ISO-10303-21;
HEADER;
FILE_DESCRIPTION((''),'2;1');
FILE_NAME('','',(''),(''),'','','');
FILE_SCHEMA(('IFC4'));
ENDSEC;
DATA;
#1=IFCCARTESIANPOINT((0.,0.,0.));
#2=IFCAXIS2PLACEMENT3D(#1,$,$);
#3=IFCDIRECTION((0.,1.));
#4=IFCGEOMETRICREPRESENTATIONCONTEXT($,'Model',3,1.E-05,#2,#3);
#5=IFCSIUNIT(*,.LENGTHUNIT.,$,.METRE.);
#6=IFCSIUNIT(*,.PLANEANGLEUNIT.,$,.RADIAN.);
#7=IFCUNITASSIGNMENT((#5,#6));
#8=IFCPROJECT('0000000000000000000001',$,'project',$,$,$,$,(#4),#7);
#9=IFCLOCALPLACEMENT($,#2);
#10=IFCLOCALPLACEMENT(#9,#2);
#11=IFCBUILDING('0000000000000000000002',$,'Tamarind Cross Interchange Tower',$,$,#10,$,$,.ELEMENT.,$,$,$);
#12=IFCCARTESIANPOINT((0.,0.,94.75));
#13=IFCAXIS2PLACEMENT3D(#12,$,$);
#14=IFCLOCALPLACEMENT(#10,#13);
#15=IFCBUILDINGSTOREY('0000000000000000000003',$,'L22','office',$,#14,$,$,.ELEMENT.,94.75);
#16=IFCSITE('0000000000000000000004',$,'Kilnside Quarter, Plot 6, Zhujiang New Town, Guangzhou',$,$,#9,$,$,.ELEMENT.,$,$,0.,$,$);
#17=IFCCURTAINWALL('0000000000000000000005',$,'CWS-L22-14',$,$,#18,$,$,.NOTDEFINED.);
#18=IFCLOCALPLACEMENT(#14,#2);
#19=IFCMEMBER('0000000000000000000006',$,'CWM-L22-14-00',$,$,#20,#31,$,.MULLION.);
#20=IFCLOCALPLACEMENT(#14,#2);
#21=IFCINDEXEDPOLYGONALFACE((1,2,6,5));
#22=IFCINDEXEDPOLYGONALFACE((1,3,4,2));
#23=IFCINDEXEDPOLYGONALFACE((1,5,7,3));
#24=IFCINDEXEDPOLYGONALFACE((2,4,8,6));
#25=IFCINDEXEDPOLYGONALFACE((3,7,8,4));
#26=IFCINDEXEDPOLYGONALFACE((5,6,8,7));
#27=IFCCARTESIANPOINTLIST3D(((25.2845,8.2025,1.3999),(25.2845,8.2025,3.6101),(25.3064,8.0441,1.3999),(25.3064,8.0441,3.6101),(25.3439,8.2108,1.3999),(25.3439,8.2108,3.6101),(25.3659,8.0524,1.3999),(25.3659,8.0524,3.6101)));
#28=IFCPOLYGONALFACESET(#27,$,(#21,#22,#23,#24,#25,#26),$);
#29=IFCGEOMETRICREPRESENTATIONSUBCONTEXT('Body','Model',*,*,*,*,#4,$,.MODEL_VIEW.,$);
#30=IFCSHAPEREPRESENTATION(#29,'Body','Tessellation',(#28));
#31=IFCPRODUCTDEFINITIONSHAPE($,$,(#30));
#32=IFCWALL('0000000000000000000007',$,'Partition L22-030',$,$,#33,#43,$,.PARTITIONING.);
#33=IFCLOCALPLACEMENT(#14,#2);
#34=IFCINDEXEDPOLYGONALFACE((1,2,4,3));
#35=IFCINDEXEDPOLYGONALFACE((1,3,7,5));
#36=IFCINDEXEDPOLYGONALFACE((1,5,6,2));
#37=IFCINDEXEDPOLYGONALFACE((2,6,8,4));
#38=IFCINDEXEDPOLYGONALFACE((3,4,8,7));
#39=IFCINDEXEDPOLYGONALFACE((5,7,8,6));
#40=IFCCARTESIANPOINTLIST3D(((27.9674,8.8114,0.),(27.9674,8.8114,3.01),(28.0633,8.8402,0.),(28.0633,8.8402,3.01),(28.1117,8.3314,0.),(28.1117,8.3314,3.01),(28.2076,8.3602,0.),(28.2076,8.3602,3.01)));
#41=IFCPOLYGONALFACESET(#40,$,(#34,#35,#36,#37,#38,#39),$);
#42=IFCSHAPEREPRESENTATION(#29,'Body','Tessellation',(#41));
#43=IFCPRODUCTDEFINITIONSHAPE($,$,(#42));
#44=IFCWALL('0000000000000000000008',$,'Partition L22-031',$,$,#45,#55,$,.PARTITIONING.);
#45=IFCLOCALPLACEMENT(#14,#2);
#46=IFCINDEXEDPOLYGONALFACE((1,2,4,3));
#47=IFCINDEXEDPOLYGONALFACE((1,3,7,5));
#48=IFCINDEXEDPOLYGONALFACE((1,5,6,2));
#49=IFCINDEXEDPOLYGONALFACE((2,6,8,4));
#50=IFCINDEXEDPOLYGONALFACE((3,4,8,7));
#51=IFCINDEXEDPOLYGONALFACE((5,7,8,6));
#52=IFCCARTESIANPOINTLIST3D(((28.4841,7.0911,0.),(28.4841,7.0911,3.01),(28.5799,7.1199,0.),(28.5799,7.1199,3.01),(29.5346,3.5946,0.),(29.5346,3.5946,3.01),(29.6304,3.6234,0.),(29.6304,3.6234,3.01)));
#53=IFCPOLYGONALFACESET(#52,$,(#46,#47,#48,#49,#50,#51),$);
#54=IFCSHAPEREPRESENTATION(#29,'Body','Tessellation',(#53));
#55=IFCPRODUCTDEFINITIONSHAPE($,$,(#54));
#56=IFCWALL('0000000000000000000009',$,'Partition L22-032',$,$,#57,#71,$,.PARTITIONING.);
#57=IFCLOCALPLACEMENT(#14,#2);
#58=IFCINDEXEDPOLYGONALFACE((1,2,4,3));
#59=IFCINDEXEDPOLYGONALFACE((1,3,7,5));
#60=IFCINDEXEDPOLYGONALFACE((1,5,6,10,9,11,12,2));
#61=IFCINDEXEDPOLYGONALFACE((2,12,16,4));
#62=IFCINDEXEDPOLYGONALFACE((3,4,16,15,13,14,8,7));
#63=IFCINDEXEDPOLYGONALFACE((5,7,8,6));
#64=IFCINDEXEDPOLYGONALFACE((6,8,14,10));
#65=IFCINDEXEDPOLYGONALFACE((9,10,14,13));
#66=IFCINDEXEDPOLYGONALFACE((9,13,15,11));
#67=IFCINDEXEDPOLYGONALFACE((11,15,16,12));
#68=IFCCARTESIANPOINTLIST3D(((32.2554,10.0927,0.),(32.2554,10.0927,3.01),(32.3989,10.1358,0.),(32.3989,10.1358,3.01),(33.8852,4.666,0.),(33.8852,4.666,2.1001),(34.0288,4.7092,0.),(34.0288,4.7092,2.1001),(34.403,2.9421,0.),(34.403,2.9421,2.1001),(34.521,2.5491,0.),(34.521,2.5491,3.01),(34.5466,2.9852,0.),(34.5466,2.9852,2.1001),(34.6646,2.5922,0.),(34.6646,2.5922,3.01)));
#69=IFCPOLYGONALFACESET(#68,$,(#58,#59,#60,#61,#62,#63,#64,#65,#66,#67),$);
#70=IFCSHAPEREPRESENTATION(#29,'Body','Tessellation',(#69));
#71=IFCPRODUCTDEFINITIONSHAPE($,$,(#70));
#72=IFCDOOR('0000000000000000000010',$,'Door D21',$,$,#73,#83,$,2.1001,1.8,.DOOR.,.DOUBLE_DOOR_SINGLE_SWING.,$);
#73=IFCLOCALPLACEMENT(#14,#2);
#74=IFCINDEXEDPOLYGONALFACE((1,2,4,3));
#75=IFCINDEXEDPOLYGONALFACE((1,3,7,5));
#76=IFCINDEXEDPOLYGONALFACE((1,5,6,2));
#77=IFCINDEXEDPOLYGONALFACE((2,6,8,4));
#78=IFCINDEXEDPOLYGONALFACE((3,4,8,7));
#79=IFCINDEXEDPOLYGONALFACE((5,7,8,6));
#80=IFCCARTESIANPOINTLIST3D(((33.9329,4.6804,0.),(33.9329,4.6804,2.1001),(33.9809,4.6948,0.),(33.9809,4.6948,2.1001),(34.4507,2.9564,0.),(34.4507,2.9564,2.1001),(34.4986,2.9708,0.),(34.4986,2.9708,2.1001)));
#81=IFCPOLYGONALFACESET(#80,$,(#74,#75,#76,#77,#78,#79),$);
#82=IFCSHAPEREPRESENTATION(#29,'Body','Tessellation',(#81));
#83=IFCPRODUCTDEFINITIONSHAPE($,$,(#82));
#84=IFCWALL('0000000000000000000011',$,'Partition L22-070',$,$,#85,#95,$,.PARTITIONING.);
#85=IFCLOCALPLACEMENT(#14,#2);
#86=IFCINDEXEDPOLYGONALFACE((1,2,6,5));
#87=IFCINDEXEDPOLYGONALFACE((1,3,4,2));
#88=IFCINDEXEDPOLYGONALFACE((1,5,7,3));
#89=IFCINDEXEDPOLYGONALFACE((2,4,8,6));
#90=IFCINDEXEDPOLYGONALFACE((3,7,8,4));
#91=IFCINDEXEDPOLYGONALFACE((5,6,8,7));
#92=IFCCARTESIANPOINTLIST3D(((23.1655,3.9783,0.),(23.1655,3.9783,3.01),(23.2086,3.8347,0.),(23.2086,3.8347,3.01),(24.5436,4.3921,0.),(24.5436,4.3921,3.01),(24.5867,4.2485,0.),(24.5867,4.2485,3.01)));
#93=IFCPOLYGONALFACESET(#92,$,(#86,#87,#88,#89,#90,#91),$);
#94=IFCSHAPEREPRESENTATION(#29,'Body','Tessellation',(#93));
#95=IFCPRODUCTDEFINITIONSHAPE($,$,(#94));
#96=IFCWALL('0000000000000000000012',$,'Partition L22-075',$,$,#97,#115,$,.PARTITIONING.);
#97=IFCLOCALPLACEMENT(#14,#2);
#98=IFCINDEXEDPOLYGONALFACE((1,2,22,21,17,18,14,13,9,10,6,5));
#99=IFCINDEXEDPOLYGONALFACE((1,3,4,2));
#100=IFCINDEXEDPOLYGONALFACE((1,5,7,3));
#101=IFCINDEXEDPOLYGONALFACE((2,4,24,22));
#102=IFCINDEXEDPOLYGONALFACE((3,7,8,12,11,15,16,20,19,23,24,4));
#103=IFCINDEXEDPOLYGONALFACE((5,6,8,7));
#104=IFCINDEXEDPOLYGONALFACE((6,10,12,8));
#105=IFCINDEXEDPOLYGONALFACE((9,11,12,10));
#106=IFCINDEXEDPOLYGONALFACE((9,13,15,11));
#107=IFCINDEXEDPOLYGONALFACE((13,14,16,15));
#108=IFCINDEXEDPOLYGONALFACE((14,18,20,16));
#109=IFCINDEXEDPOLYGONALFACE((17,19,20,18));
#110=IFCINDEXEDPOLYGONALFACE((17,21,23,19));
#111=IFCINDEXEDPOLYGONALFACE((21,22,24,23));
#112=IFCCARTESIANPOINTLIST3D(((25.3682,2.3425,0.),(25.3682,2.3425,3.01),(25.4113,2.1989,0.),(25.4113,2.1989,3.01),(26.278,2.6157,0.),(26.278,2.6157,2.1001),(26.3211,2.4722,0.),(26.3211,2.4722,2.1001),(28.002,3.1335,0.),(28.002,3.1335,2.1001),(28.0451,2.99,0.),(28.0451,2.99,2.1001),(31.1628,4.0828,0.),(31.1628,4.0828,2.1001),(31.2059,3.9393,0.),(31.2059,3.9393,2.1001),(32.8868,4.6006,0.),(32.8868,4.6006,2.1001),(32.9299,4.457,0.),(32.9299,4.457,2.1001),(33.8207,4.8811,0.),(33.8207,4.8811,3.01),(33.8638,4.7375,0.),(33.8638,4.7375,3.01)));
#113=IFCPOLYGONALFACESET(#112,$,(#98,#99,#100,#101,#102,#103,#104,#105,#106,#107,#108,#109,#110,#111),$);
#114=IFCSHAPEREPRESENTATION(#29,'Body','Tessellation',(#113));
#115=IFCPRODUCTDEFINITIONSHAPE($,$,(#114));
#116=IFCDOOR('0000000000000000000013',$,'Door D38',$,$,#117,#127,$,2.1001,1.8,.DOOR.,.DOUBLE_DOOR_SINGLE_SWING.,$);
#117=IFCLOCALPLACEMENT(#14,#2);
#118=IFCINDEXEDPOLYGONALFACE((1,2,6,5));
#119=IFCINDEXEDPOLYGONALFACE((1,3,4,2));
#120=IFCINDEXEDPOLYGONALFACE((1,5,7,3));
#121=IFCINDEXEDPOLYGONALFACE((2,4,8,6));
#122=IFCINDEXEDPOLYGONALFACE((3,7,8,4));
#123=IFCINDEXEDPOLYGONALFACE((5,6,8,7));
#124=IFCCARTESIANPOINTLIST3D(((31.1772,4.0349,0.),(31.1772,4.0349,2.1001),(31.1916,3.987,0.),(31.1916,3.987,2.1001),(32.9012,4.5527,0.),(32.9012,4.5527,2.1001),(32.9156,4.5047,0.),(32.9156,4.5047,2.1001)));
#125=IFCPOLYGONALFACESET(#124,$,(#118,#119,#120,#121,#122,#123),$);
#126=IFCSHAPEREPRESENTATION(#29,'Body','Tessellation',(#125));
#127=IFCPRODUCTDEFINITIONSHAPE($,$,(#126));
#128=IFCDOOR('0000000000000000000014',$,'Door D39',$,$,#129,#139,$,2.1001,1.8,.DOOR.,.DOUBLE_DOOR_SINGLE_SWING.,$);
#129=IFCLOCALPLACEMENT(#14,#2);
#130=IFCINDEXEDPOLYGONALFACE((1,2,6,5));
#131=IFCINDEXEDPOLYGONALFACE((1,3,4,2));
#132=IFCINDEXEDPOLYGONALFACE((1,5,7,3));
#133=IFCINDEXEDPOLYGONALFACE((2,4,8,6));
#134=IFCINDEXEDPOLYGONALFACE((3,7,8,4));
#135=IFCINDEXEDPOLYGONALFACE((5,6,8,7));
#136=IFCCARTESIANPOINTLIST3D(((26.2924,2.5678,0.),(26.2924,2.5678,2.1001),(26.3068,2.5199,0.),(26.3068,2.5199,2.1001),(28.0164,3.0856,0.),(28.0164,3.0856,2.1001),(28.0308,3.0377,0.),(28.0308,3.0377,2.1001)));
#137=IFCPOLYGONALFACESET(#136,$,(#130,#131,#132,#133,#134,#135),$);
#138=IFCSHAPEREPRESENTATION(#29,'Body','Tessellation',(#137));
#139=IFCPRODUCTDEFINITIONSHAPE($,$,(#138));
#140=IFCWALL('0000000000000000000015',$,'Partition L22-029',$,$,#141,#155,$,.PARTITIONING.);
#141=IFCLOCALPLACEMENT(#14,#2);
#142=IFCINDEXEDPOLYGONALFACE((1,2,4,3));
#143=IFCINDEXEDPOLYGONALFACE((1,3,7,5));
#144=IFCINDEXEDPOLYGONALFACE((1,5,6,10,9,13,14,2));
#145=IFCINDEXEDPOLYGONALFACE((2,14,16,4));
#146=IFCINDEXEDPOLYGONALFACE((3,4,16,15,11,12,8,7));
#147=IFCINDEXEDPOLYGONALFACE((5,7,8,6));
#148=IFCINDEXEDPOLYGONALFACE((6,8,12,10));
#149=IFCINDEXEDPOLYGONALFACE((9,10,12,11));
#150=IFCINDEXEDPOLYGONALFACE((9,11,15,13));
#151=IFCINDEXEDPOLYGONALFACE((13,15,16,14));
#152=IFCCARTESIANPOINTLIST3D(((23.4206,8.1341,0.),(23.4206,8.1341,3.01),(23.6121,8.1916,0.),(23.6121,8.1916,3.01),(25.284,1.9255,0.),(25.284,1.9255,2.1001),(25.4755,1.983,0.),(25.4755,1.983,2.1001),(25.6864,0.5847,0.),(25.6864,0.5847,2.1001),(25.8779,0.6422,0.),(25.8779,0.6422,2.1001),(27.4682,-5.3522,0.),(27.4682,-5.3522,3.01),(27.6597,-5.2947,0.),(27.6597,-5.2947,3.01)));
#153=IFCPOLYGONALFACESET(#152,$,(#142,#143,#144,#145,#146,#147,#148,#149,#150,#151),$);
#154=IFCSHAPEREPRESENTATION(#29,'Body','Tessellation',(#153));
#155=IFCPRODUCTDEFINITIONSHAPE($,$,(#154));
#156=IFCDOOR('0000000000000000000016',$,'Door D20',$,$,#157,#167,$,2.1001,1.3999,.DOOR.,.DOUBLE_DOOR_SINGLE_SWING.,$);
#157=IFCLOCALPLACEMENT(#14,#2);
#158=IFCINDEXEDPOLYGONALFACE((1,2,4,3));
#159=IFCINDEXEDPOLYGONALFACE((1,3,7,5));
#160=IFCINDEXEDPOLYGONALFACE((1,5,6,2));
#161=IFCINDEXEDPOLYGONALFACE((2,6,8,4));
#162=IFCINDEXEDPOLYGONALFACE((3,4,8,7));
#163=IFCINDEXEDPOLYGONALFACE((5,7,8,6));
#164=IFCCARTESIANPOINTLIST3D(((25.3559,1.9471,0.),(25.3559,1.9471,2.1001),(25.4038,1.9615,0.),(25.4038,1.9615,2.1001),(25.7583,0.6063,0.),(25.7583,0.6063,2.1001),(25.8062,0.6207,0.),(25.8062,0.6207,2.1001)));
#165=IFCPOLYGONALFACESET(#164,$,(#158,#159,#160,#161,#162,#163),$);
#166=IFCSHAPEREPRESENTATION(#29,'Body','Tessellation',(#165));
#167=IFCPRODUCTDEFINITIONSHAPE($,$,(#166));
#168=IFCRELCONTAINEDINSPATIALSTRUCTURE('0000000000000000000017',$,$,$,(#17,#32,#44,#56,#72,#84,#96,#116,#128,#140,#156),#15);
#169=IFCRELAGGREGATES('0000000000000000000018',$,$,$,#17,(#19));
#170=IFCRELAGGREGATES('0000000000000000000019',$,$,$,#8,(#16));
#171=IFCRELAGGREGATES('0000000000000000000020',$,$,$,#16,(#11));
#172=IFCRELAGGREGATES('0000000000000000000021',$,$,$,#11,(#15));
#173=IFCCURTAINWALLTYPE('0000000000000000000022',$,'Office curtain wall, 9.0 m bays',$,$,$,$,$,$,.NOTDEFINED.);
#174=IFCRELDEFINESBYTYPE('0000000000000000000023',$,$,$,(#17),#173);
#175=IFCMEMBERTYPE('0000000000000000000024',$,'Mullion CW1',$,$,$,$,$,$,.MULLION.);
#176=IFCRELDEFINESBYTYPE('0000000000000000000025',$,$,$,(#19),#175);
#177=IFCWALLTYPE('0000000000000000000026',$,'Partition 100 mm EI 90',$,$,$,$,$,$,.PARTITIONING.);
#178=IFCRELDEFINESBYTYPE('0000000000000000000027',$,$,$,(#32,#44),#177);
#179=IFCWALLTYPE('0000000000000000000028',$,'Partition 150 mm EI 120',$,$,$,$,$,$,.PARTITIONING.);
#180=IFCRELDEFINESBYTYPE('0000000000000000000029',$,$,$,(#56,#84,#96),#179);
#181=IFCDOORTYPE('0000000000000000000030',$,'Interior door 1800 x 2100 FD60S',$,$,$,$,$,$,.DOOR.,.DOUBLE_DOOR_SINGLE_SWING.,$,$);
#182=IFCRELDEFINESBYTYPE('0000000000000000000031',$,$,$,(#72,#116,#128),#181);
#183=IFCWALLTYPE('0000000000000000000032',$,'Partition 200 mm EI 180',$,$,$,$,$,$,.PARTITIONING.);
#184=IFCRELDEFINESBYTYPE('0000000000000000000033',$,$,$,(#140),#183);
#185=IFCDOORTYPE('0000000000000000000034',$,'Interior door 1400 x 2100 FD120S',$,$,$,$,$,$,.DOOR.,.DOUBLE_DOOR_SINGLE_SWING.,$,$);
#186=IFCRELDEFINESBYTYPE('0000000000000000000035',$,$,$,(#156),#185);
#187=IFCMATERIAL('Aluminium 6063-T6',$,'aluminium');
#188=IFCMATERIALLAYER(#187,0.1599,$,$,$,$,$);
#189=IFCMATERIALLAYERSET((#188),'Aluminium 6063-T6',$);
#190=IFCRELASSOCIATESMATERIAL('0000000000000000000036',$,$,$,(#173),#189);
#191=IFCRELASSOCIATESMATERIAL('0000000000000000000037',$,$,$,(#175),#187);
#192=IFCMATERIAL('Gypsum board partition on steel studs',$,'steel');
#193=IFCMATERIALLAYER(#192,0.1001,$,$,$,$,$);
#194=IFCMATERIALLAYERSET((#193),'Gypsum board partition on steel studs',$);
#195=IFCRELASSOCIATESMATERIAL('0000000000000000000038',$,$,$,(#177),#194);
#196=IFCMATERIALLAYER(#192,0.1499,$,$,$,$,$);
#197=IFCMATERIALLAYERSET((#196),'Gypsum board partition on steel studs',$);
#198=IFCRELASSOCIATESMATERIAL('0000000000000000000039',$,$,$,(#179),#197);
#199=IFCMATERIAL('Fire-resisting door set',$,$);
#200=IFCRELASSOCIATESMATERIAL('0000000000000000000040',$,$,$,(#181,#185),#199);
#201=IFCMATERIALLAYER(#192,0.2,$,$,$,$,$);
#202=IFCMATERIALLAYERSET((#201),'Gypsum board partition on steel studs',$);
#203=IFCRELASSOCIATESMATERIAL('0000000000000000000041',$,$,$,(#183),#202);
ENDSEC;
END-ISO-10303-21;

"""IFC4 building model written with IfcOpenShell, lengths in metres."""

from ifc_helpers import new_model, si_unit, direction, frame, frame_2d, origin, origin_2d, place, context, subcontext, project, spatial, rectangle, extrude, material, layer, layer_set, material_profile, profile_set, type_object, element, fill, aggregate, save


model = new_model("IFC4")

# Units and contexts
model_context = context("Model", 3, precision=1e-05, world=origin(), true_north=direction((0.0, 1.0)))
body_context = subcontext(model_context, "Body", "Model", "MODEL_VIEW")
ifc_project = project(units=[si_unit("LENGTHUNIT", "METRE"), si_unit("PLANEANGLEUNIT", "RADIAN")], contexts=[model_context])

# Site, building, storey
site_placement = place(None, origin())
site = spatial("IfcSite", under=ifc_project, at=site_placement, Name="Kilnside Quarter, Plot 6, Zhujiang New Town, Guangzhou", CompositionType="ELEMENT", RefElevation=0.0)
building_placement = place(site_placement, origin())
building = spatial("IfcBuilding", under=site, at=building_placement, Name="Tamarind Cross Interchange Tower", CompositionType="ELEMENT")
storey_placement = place(building_placement, frame((0.0, 0.0, 94.75)))
storey = spatial("IfcBuildingStorey", under=building, at=storey_placement, Name="L22", Description="office", CompositionType="ELEMENT", Elevation=94.75)

# Shared definitions
ifc_material_1 = material(Name="Aluminium 6063-T6", Category="aluminium")
ifc_layer_1 = layer(ifc_material_1, 0.1599)
ifc_layer_set_1 = layer_set([ifc_layer_1], Name="Aluminium 6063-T6")
curtain_wall_type = type_object("IfcCurtainWallType", Name="Office curtain wall, 9.0 m bays", PredefinedType="NOTDEFINED", material=ifc_layer_set_1)
ifc_material_profile_1 = material_profile(ifc_material_1, rectangle(XDim=0.0601, YDim=0.1599, at=origin_2d()), Name="Mullion CW1")
ifc_profile_set_1 = profile_set([ifc_material_profile_1], Name="Aluminium 6063-T6")
member_type = type_object("IfcMemberType", Name="Mullion CW1", PredefinedType="MULLION", material=ifc_profile_set_1)

# Curtain wall, member
curtain_wall_1_placement = place(storey_placement, origin())
curtain_wall_1 = element("IfcCurtainWall", 1, at=curtain_wall_1_placement, inside=storey, type_object=curtain_wall_type, Name="CWS-L22-14", PredefinedType="NOTDEFINED")
member_1_placement = place(storey_placement, frame((25.3252, 8.1274, 1.3999), z_axis=(0.0, 0.0, 1.0), x_axis=(-0.990496, -0.13754, 0.0)))
member_1 = element("IfcMember", 2, at=member_1_placement, type_object=member_type, Name="CWM-L22-14-00", PredefinedType="MULLION", context=body_context, shape_type="SweptSolid", body=[
    extrude(rectangle(XDim=0.0601, YDim=0.1599, at=origin_2d()), origin(), (0.0, 0.0, 1.0), 2.2102),
])
aggregate(curtain_wall_1, [member_1])

# Walls
ifc_material_2 = material(Name="Gypsum board partition on steel studs", Category="steel")
ifc_layer_2 = layer(ifc_material_2, 0.1001)
ifc_layer_set_2 = layer_set([ifc_layer_2], Name="Gypsum board partition on steel studs")
wall_type_1 = type_object("IfcWallType", Name="Partition 100 mm EI 90", PredefinedType="PARTITIONING", material=ifc_layer_set_2)
wall_1_placement = place(storey_placement, frame((28.0154, 8.8257, 0.0), z_axis=(0.0, 0.0, 1.0), x_axis=(0.287884, -0.957665, 0.0)))
element("IfcWall", 3, at=wall_1_placement, inside=storey, type_object=wall_type_1, Name="Partition L22-030", PredefinedType="PARTITIONING", context=body_context, shape_type="SweptSolid", body=[
    extrude(rectangle(XDim=0.5012, YDim=0.1001, at=frame_2d((0.2505, 0.0))), origin(), (0.0, 0.0, 1.0), 3.01),
])
wall_2_placement = place(storey_placement, frame((28.532, 7.1055, 0.0), z_axis=(0.0, 0.0, 1.0), x_axis=(0.28774, -0.957708, 0.0)))
element("IfcWall", 4, at=wall_2_placement, inside=storey, type_object=wall_type_1, Name="Partition L22-031", PredefinedType="PARTITIONING", context=body_context, shape_type="SweptSolid", body=[
    extrude(rectangle(XDim=3.6509, YDim=0.1001, at=frame_2d((1.8254, 0.0))), origin(), (0.0, 0.0, 1.0), 3.01),
])

# Wall, opening, door
ifc_layer_3 = layer(ifc_material_2, 0.1499)
ifc_layer_set_3 = layer_set([ifc_layer_3], Name="Gypsum board partition on steel studs")
wall_type_2 = type_object("IfcWallType", Name="Partition 150 mm EI 120", PredefinedType="PARTITIONING", material=ifc_layer_set_3)
wall_3_placement = place(storey_placement, frame((32.3271, 10.1143, 0.0), z_axis=(0.0, 0.0, 1.0), x_axis=(0.287649, -0.957736, 0.0)))
wall_3 = element("IfcWall", 5, at=wall_3_placement, inside=storey, type_object=wall_type_2, Name="Partition L22-032", PredefinedType="PARTITIONING", context=body_context, shape_type="SweptSolid", body=[
    extrude(rectangle(XDim=7.8765, YDim=0.1499, at=frame_2d((3.9382, 0.0))), origin(), (0.0, 0.0, 1.0), 3.01),
])
opening_1_placement = place(wall_3_placement, frame((5.6663, 0.0, 0.0)))
opening_1 = element("IfcOpeningElement", 6, at=opening_1_placement, cuts=wall_3, PredefinedType="OPENING", context=body_context, shape_type="SweptSolid", body=[
    extrude(rectangle(XDim=1.8, YDim=2.1001, at=frame_2d((0.8999, 1.05))), frame((0.0, 0.085, 0.0), z_axis=(0.0, -1.0, 0.0), x_axis=(1.0, 0.0, 0.0)), (0.0, 0.0, 1.0), 0.1699),
])
ifc_material_3 = material(Name="Fire-resisting door set")
door_type_1 = type_object("IfcDoorType", Name="Interior door 1800 x 2100 FD60S", OperationType="DOUBLE_DOOR_SINGLE_SWING", PredefinedType="DOOR", material=ifc_material_3)
door_1_placement = place(opening_1_placement, origin())
door_1 = element("IfcDoor", 7, at=door_1_placement, inside=storey, type_object=door_type_1, Name="Door D21", OperationType="DOUBLE_DOOR_SINGLE_SWING", OverallHeight=2.1001, OverallWidth=1.8, PredefinedType="DOOR", context=body_context, shape_type="SweptSolid", body=[
    extrude(rectangle(XDim=1.8, YDim=2.1001, at=frame_2d((0.8999, 1.05))), frame((0.0, 0.0249, 0.0), z_axis=(0.0, -1.0, 0.0), x_axis=(1.0, 0.0, 0.0)), (0.0, 0.0, 1.0), 0.05),
])
fill(opening_1, door_1)

# Wall
wall_4_placement = place(storey_placement, frame((23.187, 3.9065, 0.0), z_axis=(0.0, 0.0, 1.0), x_axis=(0.957756, 0.287581, 0.0)))
element("IfcWall", 8, at=wall_4_placement, inside=storey, type_object=wall_type_2, Name="Partition L22-070", PredefinedType="PARTITIONING", context=body_context, shape_type="SweptSolid", body=[
    extrude(rectangle(XDim=1.439, YDim=0.1499, at=frame_2d((0.7195, 0.0))), origin(), (0.0, 0.0, 1.0), 3.01),
])

# Wall, openings, doors
wall_5_placement = place(storey_placement, frame((25.3899, 2.2708, 0.0), z_axis=(0.0, 0.0, 1.0), x_axis=(0.957737, 0.287645, 0.0)))
wall_5 = element("IfcWall", 9, at=wall_5_placement, inside=storey, type_object=wall_type_2, Name="Partition L22-075", PredefinedType="PARTITIONING", context=body_context, shape_type="SweptSolid", body=[
    extrude(rectangle(XDim=8.8254, YDim=0.1499, at=frame_2d((4.4126, 0.0))), origin(), (0.0, 0.0, 1.0), 3.01),
])
opening_2_placement = place(wall_5_placement, frame((6.0503, 0.0, 0.0)))
opening_2 = element("IfcOpeningElement", 10, at=opening_2_placement, cuts=wall_5, PredefinedType="OPENING", context=body_context, shape_type="SweptSolid", body=[
    extrude(rectangle(XDim=1.8, YDim=2.1001, at=frame_2d((0.8999, 1.05))), frame((0.0, 0.085, 0.0), z_axis=(0.0, -1.0, 0.0), x_axis=(1.0, 0.0, 0.0)), (0.0, 0.0, 1.0), 0.1699),
])
opening_3_placement = place(wall_5_placement, frame((0.95, 0.0, 0.0)))
opening_3 = element("IfcOpeningElement", 11, at=opening_3_placement, cuts=wall_5, PredefinedType="OPENING", context=body_context, shape_type="SweptSolid", body=[
    extrude(rectangle(XDim=1.8, YDim=2.1001, at=frame_2d((0.8999, 1.05))), frame((0.0, 0.085, 0.0), z_axis=(0.0, -1.0, 0.0), x_axis=(1.0, 0.0, 0.0)), (0.0, 0.0, 1.0), 0.1699),
])
door_2_placement = place(opening_2_placement, origin())
door_2 = element("IfcDoor", 12, at=door_2_placement, inside=storey, type_object=door_type_1, Name="Door D38", OperationType="DOUBLE_DOOR_SINGLE_SWING", OverallHeight=2.1001, OverallWidth=1.8, PredefinedType="DOOR", context=body_context, shape_type="SweptSolid", body=[
    extrude(rectangle(XDim=1.8, YDim=2.1001, at=frame_2d((0.8999, 1.05))), frame((0.0, 0.0249, 0.0), z_axis=(0.0, -1.0, 0.0), x_axis=(1.0, 0.0, 0.0)), (0.0, 0.0, 1.0), 0.05),
])
fill(opening_2, door_2)
door_3_placement = place(opening_3_placement, origin())
door_3 = element("IfcDoor", 13, at=door_3_placement, inside=storey, type_object=door_type_1, Name="Door D39", OperationType="DOUBLE_DOOR_SINGLE_SWING", OverallHeight=2.1001, OverallWidth=1.8, PredefinedType="DOOR", context=body_context, shape_type="SweptSolid", body=[
    extrude(rectangle(XDim=1.8, YDim=2.1001, at=frame_2d((0.8999, 1.05))), frame((0.0, 0.0249, 0.0), z_axis=(0.0, -1.0, 0.0), x_axis=(1.0, 0.0, 0.0)), (0.0, 0.0, 1.0), 0.05),
])
fill(opening_3, door_3)

# Wall, opening, door
ifc_layer_4 = layer(ifc_material_2, 0.2)
ifc_layer_set_4 = layer_set([ifc_layer_4], Name="Gypsum board partition on steel studs")
wall_type_3 = type_object("IfcWallType", Name="Partition 200 mm EI 180", PredefinedType="PARTITIONING", material=ifc_layer_set_4)
wall_6_placement = place(storey_placement, frame((23.5164, 8.1628, 0.0), z_axis=(0.0, 0.0, 1.0), x_axis=(0.287459, -0.957793, 0.0)))
wall_6 = element("IfcWall", 14, at=wall_6_placement, inside=storey, type_object=wall_type_3, Name="Partition L22-029", PredefinedType="PARTITIONING", context=body_context, shape_type="SweptSolid", body=[
    extrude(rectangle(XDim=14.0806, YDim=0.2, at=frame_2d((7.0403, 0.0))), origin(), (0.0, 0.0, 1.0), 3.01),
])
opening_4_placement = place(wall_6_placement, frame((6.4822, 0.0, 0.0)))
opening_4 = element("IfcOpeningElement", 15, at=opening_4_placement, cuts=wall_6, PredefinedType="OPENING", context=body_context, shape_type="SweptSolid", body=[
    extrude(rectangle(XDim=1.3999, YDim=2.1001, at=frame_2d((0.7, 1.05))), frame((0.0, 0.1099, 0.0), z_axis=(0.0, -1.0, 0.0), x_axis=(1.0, 0.0, 0.0)), (0.0, 0.0, 1.0), 0.22),
])
door_type_2 = type_object("IfcDoorType", Name="Interior door 1400 x 2100 FD120S", OperationType="DOUBLE_DOOR_SINGLE_SWING", PredefinedType="DOOR", material=ifc_material_3)
door_4_placement = place(opening_4_placement, frame((1.3999, 0.0, 0.0), z_axis=(0.0, 0.0, 1.0), x_axis=(-1.0, 0.0, 0.0)))
door_4 = element("IfcDoor", 16, at=door_4_placement, inside=storey, type_object=door_type_2, Name="Door D20", OperationType="DOUBLE_DOOR_SINGLE_SWING", OverallHeight=2.1001, OverallWidth=1.3999, PredefinedType="DOOR", context=body_context, shape_type="SweptSolid", body=[
    extrude(rectangle(XDim=1.3999, YDim=2.1001, at=frame_2d((0.7, 1.05))), frame((0.0, 0.0249, 0.0), z_axis=(0.0, -1.0, 0.0), x_axis=(1.0, 0.0, 0.0)), (0.0, 0.0, 1.0), 0.05),
])
fill(opening_4, door_4)

save(model, "model.ifc")
